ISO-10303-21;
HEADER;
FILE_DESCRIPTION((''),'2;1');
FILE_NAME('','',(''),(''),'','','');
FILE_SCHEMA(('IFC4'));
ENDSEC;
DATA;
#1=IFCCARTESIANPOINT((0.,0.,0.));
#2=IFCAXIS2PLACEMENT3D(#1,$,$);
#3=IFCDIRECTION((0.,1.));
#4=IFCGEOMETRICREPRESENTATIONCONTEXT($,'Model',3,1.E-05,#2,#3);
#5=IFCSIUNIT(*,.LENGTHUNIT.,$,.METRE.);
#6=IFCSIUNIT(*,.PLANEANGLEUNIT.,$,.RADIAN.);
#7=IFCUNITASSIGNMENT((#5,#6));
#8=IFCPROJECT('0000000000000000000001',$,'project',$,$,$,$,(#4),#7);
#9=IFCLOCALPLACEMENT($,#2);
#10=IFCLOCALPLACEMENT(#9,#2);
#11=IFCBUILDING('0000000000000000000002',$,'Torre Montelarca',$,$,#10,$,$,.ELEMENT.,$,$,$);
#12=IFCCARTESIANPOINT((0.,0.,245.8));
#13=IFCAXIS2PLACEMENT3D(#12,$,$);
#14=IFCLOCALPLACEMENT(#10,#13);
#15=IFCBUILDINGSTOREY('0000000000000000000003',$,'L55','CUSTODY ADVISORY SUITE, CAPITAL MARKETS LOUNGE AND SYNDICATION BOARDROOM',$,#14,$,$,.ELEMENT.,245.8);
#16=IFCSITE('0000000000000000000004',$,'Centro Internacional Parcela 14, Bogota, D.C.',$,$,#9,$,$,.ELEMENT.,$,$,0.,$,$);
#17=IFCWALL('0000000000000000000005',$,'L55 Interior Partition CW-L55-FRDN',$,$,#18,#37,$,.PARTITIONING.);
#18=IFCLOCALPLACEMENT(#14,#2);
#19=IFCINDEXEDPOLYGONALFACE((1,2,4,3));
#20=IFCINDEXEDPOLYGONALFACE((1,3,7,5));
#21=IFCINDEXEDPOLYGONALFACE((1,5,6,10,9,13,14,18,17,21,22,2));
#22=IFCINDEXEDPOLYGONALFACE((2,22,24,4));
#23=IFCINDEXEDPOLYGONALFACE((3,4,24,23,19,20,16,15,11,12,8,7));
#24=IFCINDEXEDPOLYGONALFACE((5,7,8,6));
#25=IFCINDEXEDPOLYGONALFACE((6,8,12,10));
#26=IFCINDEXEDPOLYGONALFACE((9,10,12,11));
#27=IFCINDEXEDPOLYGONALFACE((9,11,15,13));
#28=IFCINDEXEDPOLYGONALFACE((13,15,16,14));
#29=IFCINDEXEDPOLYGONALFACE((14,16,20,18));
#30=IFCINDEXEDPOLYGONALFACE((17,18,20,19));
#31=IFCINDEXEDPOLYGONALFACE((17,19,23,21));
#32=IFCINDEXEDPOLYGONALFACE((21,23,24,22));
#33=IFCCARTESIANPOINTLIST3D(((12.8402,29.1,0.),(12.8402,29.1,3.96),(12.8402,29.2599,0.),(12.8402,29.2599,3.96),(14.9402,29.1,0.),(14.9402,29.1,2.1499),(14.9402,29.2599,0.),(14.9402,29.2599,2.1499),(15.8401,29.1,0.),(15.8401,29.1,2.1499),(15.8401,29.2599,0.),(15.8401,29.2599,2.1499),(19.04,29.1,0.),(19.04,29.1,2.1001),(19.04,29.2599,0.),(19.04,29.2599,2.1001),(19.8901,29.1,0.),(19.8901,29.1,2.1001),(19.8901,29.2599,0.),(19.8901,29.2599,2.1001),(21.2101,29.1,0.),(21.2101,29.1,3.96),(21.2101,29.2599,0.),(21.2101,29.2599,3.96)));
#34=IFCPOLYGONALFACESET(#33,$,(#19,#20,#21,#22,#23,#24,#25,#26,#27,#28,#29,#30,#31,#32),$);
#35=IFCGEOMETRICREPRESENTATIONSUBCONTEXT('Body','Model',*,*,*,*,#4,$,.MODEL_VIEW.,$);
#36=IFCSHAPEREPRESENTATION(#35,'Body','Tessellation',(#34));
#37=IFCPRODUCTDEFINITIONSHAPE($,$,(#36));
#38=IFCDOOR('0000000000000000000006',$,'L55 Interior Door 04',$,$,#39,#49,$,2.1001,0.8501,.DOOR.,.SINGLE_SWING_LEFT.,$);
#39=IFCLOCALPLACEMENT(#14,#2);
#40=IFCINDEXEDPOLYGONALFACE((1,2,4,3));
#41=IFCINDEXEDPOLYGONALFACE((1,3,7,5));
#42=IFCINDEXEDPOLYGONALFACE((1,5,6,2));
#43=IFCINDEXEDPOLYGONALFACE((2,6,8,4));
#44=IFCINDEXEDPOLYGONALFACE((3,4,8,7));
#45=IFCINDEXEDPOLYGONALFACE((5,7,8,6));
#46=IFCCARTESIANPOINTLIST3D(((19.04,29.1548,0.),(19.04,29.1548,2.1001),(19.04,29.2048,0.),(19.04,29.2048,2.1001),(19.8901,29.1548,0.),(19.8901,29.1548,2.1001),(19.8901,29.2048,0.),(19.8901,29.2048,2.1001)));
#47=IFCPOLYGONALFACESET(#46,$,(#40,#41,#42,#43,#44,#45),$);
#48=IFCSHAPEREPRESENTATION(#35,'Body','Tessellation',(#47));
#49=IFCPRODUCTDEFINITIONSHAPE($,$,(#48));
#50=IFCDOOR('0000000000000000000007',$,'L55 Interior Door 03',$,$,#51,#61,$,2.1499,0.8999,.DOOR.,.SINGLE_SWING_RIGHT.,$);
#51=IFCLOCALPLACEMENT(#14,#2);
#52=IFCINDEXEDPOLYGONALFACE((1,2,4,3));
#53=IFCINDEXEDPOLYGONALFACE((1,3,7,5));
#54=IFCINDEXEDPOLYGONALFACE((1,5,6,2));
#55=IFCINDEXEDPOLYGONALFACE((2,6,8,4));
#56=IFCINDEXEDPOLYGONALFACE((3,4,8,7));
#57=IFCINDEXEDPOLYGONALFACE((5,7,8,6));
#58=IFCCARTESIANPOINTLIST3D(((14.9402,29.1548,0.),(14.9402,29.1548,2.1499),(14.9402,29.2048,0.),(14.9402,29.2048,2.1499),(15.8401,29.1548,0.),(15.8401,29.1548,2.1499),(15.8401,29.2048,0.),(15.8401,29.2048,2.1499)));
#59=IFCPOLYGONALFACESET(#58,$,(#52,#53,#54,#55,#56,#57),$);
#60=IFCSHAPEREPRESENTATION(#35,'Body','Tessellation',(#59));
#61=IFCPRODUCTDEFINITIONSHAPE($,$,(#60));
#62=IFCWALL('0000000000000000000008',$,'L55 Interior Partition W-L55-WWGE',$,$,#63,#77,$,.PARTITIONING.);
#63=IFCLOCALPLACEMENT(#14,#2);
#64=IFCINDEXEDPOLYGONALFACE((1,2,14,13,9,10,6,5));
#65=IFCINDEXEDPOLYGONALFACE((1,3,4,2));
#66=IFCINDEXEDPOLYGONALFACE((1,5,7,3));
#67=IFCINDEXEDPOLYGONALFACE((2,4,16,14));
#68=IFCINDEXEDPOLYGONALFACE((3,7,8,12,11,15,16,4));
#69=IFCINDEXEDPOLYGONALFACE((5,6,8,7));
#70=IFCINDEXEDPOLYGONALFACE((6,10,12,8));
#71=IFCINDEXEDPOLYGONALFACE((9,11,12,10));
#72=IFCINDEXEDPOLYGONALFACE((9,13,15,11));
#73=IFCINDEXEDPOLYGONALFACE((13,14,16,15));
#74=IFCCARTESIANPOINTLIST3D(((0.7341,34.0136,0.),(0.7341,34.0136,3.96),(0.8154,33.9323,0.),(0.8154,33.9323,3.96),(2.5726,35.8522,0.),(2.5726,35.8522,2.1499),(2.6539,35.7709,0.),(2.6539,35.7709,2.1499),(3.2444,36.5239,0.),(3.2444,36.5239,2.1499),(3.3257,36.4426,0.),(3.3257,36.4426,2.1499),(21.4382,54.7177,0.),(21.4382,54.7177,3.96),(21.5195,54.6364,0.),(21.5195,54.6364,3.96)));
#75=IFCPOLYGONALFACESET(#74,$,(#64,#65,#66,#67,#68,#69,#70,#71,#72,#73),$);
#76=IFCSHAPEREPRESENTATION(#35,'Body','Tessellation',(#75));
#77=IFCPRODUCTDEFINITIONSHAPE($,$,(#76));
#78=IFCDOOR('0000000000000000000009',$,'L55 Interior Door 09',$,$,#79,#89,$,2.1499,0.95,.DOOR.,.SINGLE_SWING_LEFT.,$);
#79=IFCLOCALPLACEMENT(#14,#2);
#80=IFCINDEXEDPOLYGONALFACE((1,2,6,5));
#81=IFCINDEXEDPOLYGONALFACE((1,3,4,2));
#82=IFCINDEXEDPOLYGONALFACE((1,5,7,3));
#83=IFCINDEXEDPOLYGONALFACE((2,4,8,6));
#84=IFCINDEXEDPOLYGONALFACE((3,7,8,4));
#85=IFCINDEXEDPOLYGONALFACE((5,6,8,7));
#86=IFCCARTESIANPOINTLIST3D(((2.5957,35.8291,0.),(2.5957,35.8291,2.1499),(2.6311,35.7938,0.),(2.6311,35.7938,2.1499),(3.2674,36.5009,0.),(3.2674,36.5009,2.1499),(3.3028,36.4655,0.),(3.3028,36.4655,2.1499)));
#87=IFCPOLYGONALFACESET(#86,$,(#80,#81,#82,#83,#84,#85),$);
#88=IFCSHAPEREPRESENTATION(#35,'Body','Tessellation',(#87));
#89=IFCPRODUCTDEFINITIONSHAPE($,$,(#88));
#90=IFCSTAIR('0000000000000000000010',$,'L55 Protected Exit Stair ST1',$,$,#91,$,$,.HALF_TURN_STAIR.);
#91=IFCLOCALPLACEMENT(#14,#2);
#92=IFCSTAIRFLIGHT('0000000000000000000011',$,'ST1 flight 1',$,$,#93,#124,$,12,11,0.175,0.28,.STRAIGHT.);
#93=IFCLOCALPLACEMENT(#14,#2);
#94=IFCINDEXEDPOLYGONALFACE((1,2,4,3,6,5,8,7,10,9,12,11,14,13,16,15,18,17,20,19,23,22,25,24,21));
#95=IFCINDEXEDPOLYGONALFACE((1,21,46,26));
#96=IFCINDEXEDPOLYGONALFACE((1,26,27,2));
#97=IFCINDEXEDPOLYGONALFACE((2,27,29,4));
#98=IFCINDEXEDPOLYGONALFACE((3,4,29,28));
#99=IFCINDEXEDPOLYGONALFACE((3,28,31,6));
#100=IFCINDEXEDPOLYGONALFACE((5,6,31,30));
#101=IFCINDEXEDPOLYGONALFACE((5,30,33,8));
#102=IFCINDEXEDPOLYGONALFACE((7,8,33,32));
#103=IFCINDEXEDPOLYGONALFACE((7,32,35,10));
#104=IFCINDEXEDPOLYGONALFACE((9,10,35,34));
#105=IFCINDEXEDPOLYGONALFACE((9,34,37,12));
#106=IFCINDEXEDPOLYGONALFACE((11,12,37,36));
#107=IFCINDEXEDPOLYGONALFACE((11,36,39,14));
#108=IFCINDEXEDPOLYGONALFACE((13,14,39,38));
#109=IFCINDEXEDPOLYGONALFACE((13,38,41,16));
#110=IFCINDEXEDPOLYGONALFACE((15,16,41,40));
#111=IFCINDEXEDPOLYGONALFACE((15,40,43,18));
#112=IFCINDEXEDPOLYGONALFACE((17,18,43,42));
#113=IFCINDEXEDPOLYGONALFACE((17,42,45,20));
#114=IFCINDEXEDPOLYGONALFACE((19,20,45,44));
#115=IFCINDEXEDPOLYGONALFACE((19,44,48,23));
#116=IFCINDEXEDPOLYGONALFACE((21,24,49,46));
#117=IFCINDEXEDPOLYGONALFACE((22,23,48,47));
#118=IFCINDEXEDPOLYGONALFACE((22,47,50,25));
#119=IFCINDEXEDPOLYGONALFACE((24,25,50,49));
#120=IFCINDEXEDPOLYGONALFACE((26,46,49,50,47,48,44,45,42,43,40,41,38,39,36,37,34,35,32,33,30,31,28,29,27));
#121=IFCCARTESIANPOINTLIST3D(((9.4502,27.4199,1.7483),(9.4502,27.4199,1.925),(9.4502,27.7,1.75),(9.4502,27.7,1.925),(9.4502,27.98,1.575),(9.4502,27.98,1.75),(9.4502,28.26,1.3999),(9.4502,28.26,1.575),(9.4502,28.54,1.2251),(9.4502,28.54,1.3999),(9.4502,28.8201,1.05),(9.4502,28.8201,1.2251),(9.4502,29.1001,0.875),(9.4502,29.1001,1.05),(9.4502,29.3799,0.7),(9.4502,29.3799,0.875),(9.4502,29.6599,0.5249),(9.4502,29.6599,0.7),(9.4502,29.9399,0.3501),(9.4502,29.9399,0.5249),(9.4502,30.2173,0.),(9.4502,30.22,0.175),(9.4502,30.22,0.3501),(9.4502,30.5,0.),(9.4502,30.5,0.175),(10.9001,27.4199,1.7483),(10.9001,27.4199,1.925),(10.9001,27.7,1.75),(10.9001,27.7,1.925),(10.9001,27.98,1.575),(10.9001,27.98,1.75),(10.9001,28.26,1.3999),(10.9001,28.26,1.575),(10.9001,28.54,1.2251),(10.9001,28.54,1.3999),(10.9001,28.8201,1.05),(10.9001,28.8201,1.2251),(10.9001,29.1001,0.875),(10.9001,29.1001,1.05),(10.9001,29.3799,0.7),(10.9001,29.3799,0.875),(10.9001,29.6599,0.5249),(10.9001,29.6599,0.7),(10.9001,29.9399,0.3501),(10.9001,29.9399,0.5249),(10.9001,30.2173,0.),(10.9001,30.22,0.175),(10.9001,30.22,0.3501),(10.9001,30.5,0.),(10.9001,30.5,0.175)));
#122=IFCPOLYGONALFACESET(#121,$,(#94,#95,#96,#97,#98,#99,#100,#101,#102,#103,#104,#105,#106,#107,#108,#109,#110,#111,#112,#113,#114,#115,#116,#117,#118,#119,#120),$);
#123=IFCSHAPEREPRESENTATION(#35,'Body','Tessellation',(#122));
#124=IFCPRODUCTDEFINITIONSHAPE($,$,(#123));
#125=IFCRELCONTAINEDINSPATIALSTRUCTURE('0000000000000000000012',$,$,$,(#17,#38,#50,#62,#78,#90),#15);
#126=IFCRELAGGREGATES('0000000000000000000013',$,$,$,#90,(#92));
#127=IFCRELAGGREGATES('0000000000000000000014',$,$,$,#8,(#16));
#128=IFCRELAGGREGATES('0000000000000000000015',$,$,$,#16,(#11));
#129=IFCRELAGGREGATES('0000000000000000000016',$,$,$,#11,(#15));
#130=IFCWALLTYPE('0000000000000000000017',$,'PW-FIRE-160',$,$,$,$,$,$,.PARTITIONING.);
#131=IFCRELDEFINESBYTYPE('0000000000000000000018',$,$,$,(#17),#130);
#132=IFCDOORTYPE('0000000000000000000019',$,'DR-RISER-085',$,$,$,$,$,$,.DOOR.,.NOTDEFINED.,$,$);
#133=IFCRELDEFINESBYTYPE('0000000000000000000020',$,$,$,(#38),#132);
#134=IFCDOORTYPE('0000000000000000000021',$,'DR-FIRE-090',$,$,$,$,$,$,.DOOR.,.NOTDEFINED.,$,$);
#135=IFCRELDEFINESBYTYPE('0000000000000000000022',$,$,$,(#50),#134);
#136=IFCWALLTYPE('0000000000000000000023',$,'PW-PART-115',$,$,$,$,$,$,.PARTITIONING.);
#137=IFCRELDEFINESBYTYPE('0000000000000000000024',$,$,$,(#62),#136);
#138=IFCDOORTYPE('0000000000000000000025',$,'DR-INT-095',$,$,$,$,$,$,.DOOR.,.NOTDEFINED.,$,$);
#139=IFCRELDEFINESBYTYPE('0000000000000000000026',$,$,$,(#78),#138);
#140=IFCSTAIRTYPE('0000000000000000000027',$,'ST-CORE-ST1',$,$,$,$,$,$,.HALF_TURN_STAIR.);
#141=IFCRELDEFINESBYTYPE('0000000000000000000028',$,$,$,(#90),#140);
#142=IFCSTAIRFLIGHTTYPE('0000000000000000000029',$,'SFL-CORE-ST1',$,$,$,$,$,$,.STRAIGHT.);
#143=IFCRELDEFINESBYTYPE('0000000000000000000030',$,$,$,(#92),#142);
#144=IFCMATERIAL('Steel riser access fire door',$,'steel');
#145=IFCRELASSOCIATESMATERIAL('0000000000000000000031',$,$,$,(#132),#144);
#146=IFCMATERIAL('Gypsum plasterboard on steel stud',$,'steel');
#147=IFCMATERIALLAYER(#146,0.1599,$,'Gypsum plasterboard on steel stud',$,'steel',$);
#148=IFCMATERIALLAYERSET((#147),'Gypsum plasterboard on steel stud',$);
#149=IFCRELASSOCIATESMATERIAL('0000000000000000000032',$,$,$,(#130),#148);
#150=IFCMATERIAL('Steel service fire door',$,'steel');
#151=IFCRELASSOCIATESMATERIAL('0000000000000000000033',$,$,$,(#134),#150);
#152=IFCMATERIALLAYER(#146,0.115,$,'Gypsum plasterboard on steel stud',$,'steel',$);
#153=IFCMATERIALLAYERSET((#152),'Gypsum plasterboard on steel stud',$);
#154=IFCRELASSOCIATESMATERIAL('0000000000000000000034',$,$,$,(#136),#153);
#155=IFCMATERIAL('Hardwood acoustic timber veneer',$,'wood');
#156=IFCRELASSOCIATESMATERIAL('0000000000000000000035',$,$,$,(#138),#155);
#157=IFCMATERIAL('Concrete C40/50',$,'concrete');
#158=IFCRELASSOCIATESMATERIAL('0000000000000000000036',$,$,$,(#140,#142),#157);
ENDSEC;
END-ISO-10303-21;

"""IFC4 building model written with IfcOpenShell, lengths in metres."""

from ifc_helpers import new_model, si_unit, direction, frame, frame_2d, origin, place, context, subcontext, project, spatial, polyline, rectangle, outline, extrude, source, transform, mapped, material, layer, layer_set, type_object, element, fill, aggregate, save


model = new_model("IFC4")

# Units and contexts
model_context = context("Model", 3, precision=1e-05, world=origin(), true_north=direction((0.0, 1.0)))
body_context = subcontext(model_context, "Body", "Model", "MODEL_VIEW")
ifc_project = project(units=[si_unit("LENGTHUNIT", "METRE"), si_unit("PLANEANGLEUNIT", "RADIAN")], contexts=[model_context])

# Site, building, storey
site_placement = place(None, origin())
site = spatial("IfcSite", under=ifc_project, at=site_placement, Name="Centro Internacional Parcela 14, Bogota, D.C.", CompositionType="ELEMENT", RefElevation=0.0)
building_placement = place(site_placement, origin())
building = spatial("IfcBuilding", under=site, at=building_placement, Name="Torre Montelarca", CompositionType="ELEMENT")
storey_placement = place(building_placement, frame((0.0, 0.0, 245.8)))
storey = spatial("IfcBuildingStorey", under=building, at=storey_placement, Name="L55", Description="CUSTODY ADVISORY SUITE, CAPITAL MARKETS LOUNGE AND SYNDICATION BOARDROOM", CompositionType="ELEMENT", Elevation=245.8)

# Shared definitions
ifc_material_1 = material(Name="Concrete C40/50", Category="concrete")

# Shared definitions
ifc_material_2 = material(Name="Steel riser access fire door", Category="steel")
door_type_1 = type_object("IfcDoorType", Name="DR-RISER-085", OperationType="NOTDEFINED", PredefinedType="DOOR", material=ifc_material_2)
shared_shape_1 = source(origin(), body_context, "Body", "SweptSolid", [
    extrude(rectangle(XDim=0.8501, YDim=2.1001, at=frame_2d((0.425, 1.05))), frame((0.0, 0.0249, 0.0), z_axis=(0.0, -1.0, 0.0), x_axis=(1.0, 0.0, 0.0)), (0.0, 0.0, 1.0), 0.05),
])

# Shared definitions
ifc_material_3 = material(Name="Gypsum plasterboard on steel stud", Category="steel")
ifc_layer_1 = layer(ifc_material_3, 0.1599, Name="Gypsum plasterboard on steel stud", Category="steel")
ifc_layer_set_1 = layer_set([ifc_layer_1], Name="Gypsum plasterboard on steel stud")
wall_type_1 = type_object("IfcWallType", Name="PW-FIRE-160", PredefinedType="PARTITIONING", material=ifc_layer_set_1)
ifc_material_4 = material(Name="Steel service fire door", Category="steel")
door_type_2 = type_object("IfcDoorType", Name="DR-FIRE-090", OperationType="NOTDEFINED", PredefinedType="DOOR", material=ifc_material_4)
shared_shape_2 = source(origin(), body_context, "Body", "SweptSolid", [
    extrude(rectangle(XDim=0.8999, YDim=2.1499, at=frame_2d((0.45, 1.075))), frame((0.0, 0.0249, 0.0), z_axis=(0.0, -1.0, 0.0), x_axis=(1.0, 0.0, 0.0)), (0.0, 0.0, 1.0), 0.05),
])

# Wall, openings, doors
wall_1_placement = place(storey_placement, frame((12.8401, 29.1799, 0.0), z_axis=(0.0, 0.0, 1.0), x_axis=(1.0, 0.0, 0.0)))
wall_1 = element("IfcWall", 1, at=wall_1_placement, inside=storey, type_object=wall_type_1, Name="L55 Interior Partition CW-L55-FRDN", PredefinedType="PARTITIONING", context=body_context, shape_type="SweptSolid", body=[
    extrude(rectangle(XDim=8.3699, YDim=0.1599, at=frame_2d((4.1851, 0.0))), origin(), (0.0, 0.0, 1.0), 3.96),
])
opening_1_placement = place(wall_1_placement, frame((2.1001, 0.0, 0.0)))
opening_1 = element("IfcOpeningElement", 2, at=opening_1_placement, cuts=wall_1, PredefinedType="OPENING", context=body_context, shape_type="SweptSolid", body=[
    extrude(rectangle(XDim=0.8999, YDim=2.1499, at=frame_2d((0.45, 1.075))), frame((0.0, 0.0898, 0.0), z_axis=(0.0, -1.0, 0.0), x_axis=(1.0, 0.0, 0.0)), (0.0, 0.0, 1.0), 0.1799),
])
opening_2_placement = place(wall_1_placement, frame((6.2, 0.0, 0.0)))
opening_2 = element("IfcOpeningElement", 3, at=opening_2_placement, cuts=wall_1, PredefinedType="OPENING", context=body_context, shape_type="SweptSolid", body=[
    extrude(rectangle(XDim=0.8501, YDim=2.1001, at=frame_2d((0.425, 1.05))), frame((0.0, 0.0898, 0.0), z_axis=(0.0, -1.0, 0.0), x_axis=(1.0, 0.0, 0.0)), (0.0, 0.0, 1.0), 0.1799),
])
door_1_placement = place(opening_2_placement, origin())
door_1 = element("IfcDoor", 4, at=door_1_placement, inside=storey, type_object=door_type_1, Name="L55 Interior Door 04", OperationType="SINGLE_SWING_LEFT", OverallHeight=2.1001, OverallWidth=0.8501, PredefinedType="DOOR", context=body_context, shape_type="MappedRepresentation", body=[
    mapped(shared_shape_1, transform((0.0, 0.0, 0.0), scale=1.0)),
])
fill(opening_2, door_1)
door_2_placement = place(opening_1_placement, origin())
door_2 = element("IfcDoor", 5, at=door_2_placement, inside=storey, type_object=door_type_2, Name="L55 Interior Door 03", OperationType="SINGLE_SWING_RIGHT", OverallHeight=2.1499, OverallWidth=0.8999, PredefinedType="DOOR", context=body_context, shape_type="MappedRepresentation", body=[
    mapped(shared_shape_2, transform((0.0, 0.0, 0.0), scale=1.0)),
])
fill(opening_1, door_2)

# Wall, opening, door
ifc_layer_2 = layer(ifc_material_3, 0.115, Name="Gypsum plasterboard on steel stud", Category="steel")
ifc_layer_set_2 = layer_set([ifc_layer_2], Name="Gypsum plasterboard on steel stud")
wall_type_2 = type_object("IfcWallType", Name="PW-PART-115", PredefinedType="PARTITIONING", material=ifc_layer_set_2)
wall_2_placement = place(storey_placement, frame((0.7747, 33.9729, 0.0), z_axis=(0.0, 0.0, 1.0), x_axis=(0.707107, 0.707107, 0.0)))
wall_2 = element("IfcWall", 6, at=wall_2_placement, inside=storey, type_object=wall_type_2, Name="L55 Interior Partition W-L55-WWGE", PredefinedType="PARTITIONING", context=body_context, shape_type="SweptSolid", body=[
    extrude(rectangle(XDim=29.28, YDim=0.115, at=frame_2d((14.6401, 0.0))), origin(), (0.0, 0.0, 1.0), 3.96),
])
opening_3_placement = place(wall_2_placement, frame((2.6001, 0.0, 0.0)))
opening_3 = element("IfcOpeningElement", 7, at=opening_3_placement, cuts=wall_2, PredefinedType="OPENING", context=body_context, shape_type="SweptSolid", body=[
    extrude(rectangle(XDim=0.95, YDim=2.1499, at=frame_2d((0.4751, 1.075))), frame((0.0, 0.0674, 0.0), z_axis=(0.0, -1.0, 0.0), x_axis=(1.0, 0.0, 0.0)), (0.0, 0.0, 1.0), 0.135),
])
ifc_material_5 = material(Name="Hardwood acoustic timber veneer", Category="wood")
door_type_3 = type_object("IfcDoorType", Name="DR-INT-095", OperationType="NOTDEFINED", PredefinedType="DOOR", material=ifc_material_5)
shared_shape_3 = source(origin(), body_context, "Body", "SweptSolid", [
    extrude(rectangle(XDim=0.95, YDim=2.1499, at=frame_2d((0.4751, 1.075))), frame((0.0, 0.0249, 0.0), z_axis=(0.0, -1.0, 0.0), x_axis=(1.0, 0.0, 0.0)), (0.0, 0.0, 1.0), 0.05),
])
door_3_placement = place(opening_3_placement, origin())
door_3 = element("IfcDoor", 8, at=door_3_placement, inside=storey, type_object=door_type_3, Name="L55 Interior Door 09", OperationType="SINGLE_SWING_LEFT", OverallHeight=2.1499, OverallWidth=0.95, PredefinedType="DOOR", context=body_context, shape_type="MappedRepresentation", body=[
    mapped(shared_shape_3, transform((0.0, 0.0, 0.0), scale=1.0)),
])
fill(opening_3, door_3)

# Stair, stair flight
stair_type = type_object("IfcStairType", Name="ST-CORE-ST1", PredefinedType="HALF_TURN_STAIR", material=ifc_material_1)
stair_placement = place(storey_placement, origin())
stair = element("IfcStair", 9, at=stair_placement, inside=storey, type_object=stair_type, Name="L55 Protected Exit Stair ST1", PredefinedType="HALF_TURN_STAIR")
stair_flight_type = type_object("IfcStairFlightType", Name="SFL-CORE-ST1", PredefinedType="STRAIGHT", material=ifc_material_1)
stair_flight_placement = place(storey_placement, frame((10.175, 30.5, 0.0), z_axis=(0.0, 0.0, 1.0), x_axis=(0.0, -1.0, 0.0)))
stair_flight = element("IfcStairFlight", 10, at=stair_flight_placement, type_object=stair_flight_type, Name="ST1 flight 1", NumberOfRisers=12, NumberOfTreads=11, PredefinedType="STRAIGHT", RiserHeight=0.175, TreadLength=0.28, context=body_context, shape_type="SweptSolid", body=[
    extrude(outline(polyline([(0.0, 0.0), (0.0, 0.175), (0.28, 0.175), (0.28, 0.3501), (0.5601, 0.3501), (0.5601, 0.5249), (0.8401, 0.5249), (0.8401, 0.7), (1.1201, 0.7), (1.1201, 0.875), (1.3999, 0.875), (1.3999, 1.05), (1.6799, 1.05), (1.6799, 1.2251), (1.96, 1.2251), (1.96, 1.3999), (2.24, 1.3999), (2.24, 1.575), (2.52, 1.575), (2.52, 1.75), (2.8, 1.75), (2.8, 1.925), (3.0801, 1.925), (3.0801, 2.1001), (3.0801, 1.7483), (0.2827, 0.0), (0.0, 0.0)])), frame((0.0, 0.7251, 0.0), z_axis=(0.0, -1.0, 0.0), x_axis=(1.0, 0.0, 0.0)), (0.0, 0.0, 1.0), 1.45),
])
aggregate(stair, [stair_flight])

save(model, "model.ifc")
